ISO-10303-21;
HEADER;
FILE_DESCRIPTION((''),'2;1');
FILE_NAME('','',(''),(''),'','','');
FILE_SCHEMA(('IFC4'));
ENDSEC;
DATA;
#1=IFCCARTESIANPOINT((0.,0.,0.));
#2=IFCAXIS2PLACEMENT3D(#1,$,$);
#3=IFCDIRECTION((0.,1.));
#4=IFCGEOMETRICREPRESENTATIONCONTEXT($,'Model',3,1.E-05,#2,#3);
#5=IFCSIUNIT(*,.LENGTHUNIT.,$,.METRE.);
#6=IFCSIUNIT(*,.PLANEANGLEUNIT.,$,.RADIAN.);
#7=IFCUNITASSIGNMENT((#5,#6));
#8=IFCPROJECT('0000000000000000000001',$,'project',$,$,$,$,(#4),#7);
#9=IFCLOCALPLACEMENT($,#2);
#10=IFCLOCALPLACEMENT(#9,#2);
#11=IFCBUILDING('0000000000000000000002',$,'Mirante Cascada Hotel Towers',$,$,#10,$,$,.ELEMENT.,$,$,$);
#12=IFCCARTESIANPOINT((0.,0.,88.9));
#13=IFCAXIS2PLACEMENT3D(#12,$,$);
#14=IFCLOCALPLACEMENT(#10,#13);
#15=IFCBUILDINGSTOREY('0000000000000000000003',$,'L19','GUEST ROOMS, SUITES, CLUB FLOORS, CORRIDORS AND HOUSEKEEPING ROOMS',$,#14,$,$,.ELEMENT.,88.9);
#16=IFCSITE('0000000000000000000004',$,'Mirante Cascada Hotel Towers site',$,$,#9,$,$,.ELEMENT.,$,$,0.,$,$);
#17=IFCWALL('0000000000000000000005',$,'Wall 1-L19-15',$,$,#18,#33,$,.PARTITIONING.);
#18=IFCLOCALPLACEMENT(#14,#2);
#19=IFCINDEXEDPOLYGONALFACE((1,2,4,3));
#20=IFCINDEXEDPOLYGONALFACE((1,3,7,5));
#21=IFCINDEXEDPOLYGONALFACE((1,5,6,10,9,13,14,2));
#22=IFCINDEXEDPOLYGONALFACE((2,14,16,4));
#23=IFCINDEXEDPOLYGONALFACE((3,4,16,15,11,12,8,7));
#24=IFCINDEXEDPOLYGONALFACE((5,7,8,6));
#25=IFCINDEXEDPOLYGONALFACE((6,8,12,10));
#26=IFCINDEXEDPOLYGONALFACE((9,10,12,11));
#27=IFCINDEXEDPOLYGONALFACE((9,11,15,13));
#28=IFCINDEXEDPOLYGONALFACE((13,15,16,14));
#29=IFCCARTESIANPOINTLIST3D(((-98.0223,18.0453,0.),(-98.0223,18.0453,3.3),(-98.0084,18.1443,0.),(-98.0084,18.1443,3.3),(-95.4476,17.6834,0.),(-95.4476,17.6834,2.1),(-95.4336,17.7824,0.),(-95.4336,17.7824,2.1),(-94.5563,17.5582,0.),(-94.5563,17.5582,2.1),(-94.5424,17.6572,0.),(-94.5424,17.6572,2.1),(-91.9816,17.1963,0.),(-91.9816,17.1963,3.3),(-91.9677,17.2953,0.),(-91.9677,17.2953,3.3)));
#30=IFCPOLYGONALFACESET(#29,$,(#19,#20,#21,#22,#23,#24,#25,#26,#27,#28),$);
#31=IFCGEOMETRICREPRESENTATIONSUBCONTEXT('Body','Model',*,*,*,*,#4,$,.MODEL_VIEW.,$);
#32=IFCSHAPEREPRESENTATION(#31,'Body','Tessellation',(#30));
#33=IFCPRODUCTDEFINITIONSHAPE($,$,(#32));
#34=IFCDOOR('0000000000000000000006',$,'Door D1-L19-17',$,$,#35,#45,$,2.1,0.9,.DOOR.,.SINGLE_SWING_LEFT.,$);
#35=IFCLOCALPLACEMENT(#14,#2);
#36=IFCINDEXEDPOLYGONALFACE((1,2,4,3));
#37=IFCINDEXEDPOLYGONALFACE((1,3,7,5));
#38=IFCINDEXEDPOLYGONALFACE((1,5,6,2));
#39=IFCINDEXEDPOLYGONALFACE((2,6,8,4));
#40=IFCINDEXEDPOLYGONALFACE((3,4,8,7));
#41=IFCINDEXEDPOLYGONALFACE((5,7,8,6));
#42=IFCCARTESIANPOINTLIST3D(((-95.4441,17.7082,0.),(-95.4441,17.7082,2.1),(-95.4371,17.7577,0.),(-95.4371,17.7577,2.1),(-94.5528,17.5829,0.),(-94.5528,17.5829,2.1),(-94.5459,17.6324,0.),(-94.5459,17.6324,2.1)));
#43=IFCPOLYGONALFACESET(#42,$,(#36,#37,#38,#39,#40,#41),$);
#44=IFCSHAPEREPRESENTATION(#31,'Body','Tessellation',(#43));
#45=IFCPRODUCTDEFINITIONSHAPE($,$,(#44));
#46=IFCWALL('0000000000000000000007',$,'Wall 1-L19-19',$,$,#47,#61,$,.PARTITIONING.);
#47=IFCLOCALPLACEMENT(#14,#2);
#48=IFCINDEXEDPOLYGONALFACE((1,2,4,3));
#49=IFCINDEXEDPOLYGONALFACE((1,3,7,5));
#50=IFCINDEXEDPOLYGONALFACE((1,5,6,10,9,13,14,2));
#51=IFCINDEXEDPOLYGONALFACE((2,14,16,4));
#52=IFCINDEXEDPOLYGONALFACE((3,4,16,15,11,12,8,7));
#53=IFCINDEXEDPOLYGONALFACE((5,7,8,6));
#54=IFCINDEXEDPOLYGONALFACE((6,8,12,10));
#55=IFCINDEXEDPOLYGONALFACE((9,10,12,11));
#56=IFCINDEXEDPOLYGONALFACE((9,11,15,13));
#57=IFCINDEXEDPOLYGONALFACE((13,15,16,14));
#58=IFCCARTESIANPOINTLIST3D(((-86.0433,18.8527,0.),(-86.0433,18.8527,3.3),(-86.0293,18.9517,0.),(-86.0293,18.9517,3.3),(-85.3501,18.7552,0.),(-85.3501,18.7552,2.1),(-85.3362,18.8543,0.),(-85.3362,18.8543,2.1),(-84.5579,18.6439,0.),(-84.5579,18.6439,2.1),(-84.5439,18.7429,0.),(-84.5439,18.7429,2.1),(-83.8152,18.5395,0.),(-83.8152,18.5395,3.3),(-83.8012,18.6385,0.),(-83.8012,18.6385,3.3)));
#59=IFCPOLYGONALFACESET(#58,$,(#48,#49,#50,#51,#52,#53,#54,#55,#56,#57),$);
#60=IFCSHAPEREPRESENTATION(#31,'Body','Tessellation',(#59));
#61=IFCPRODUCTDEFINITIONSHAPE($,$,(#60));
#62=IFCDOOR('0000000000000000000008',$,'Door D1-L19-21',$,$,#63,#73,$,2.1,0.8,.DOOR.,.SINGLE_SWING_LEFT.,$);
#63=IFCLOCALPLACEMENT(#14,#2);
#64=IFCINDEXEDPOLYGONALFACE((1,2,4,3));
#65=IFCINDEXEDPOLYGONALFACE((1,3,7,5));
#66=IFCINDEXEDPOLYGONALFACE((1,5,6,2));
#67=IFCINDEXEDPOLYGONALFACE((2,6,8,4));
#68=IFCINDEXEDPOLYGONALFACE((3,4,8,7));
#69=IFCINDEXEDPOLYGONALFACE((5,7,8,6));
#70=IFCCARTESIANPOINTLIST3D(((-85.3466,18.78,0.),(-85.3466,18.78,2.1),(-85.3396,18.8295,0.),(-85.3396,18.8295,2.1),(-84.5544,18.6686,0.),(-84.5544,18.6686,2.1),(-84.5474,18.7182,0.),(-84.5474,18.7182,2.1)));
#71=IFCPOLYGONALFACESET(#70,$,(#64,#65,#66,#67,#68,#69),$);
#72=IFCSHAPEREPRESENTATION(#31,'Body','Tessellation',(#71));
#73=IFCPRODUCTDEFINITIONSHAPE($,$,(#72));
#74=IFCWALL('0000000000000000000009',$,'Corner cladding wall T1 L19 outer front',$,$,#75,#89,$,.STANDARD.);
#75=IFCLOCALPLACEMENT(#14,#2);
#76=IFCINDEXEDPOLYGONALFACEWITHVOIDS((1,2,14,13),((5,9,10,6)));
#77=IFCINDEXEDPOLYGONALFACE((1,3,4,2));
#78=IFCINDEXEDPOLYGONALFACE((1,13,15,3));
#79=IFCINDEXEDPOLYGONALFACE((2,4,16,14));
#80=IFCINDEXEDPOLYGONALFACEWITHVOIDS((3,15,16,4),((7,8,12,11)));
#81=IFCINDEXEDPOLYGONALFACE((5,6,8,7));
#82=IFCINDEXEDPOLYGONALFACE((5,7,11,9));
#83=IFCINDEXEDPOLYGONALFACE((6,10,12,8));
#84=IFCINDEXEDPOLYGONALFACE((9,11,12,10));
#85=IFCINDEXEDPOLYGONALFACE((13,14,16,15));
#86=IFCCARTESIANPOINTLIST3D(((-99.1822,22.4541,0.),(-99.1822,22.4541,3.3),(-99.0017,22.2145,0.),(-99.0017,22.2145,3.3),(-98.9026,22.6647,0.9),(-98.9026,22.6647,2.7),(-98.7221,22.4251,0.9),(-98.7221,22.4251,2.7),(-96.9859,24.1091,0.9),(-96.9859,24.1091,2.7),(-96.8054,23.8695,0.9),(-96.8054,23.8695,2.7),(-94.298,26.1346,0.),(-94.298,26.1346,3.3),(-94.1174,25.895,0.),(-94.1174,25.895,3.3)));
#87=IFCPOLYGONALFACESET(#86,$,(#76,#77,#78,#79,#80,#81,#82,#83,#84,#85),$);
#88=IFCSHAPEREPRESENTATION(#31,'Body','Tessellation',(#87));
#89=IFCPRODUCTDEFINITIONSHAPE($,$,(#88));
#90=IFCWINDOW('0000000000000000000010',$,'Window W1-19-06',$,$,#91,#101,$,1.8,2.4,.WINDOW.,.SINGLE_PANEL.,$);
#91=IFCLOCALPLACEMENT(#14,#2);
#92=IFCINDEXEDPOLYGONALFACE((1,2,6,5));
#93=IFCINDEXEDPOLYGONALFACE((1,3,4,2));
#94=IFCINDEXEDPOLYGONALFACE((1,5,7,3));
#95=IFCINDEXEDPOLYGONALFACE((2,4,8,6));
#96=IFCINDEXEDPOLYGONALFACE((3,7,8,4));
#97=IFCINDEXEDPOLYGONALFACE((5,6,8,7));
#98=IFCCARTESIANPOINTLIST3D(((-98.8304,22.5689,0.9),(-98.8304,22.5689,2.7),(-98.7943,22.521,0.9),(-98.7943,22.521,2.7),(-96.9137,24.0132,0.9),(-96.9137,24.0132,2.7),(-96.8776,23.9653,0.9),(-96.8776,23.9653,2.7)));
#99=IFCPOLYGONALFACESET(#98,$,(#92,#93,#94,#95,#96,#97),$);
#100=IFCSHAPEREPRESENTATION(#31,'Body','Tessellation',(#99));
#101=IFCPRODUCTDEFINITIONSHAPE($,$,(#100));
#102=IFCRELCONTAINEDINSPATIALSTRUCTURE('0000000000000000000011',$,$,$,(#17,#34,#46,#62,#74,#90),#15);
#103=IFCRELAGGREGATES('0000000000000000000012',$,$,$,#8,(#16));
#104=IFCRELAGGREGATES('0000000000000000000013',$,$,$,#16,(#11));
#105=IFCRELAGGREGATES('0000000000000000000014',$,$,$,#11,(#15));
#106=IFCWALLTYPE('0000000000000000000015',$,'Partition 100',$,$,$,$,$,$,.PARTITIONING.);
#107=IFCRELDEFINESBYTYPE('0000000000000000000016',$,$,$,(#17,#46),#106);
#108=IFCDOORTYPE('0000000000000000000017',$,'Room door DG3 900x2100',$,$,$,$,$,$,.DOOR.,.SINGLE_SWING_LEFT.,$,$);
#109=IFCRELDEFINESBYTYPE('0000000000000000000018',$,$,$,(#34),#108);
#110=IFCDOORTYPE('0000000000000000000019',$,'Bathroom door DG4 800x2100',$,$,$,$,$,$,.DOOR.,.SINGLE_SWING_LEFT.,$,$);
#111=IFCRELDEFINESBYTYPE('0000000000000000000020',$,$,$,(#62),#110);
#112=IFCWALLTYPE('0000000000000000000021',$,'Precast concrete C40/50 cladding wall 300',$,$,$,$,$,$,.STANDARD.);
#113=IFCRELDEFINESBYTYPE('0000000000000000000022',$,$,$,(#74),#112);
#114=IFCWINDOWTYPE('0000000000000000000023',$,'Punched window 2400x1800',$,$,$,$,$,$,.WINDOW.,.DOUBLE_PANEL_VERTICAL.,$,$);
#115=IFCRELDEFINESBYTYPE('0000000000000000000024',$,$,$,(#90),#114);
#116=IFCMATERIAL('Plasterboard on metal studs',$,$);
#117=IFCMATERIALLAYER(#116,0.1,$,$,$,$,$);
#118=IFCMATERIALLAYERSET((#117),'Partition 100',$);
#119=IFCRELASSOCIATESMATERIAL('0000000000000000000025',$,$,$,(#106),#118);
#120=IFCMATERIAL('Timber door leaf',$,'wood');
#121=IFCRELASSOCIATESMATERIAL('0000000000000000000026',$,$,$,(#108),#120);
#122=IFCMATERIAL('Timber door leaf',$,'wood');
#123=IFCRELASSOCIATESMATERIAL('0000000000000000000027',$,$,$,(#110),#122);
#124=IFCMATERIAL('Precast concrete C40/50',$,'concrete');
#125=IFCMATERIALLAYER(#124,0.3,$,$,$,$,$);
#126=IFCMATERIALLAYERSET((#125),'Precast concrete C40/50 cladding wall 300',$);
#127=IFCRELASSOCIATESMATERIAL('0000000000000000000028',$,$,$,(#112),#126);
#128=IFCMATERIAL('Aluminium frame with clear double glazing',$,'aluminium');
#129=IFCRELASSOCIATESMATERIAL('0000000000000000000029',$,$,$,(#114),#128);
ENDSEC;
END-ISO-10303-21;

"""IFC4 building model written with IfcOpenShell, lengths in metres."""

from ifc_helpers import new_model, si_unit, direction, frame, frame_2d, origin, place, context, subcontext, project, spatial, rectangle, extrude, material, layer, layer_set, type_object, element, fill, save


model = new_model("IFC4")

# Units and contexts
model_context = context("Model", 3, precision=1e-05, world=origin(), true_north=direction((0.0, 1.0)))
body_context = subcontext(model_context, "Body", "Model", "MODEL_VIEW")
ifc_project = project(units=[si_unit("LENGTHUNIT", "METRE"), si_unit("PLANEANGLEUNIT", "RADIAN")], contexts=[model_context])

# Site, building, storey
site_placement = place(None, origin())
site = spatial("IfcSite", under=ifc_project, at=site_placement, Name="Mirante Cascada Hotel Towers site", CompositionType="ELEMENT", RefElevation=0.0)
building_placement = place(site_placement, origin())
building = spatial("IfcBuilding", under=site, at=building_placement, Name="Mirante Cascada Hotel Towers", CompositionType="ELEMENT")
storey_placement = place(building_placement, frame((0.0, 0.0, 88.9)))
storey = spatial("IfcBuildingStorey", under=building, at=storey_placement, Name="L19", Description="GUEST ROOMS, SUITES, CLUB FLOORS, CORRIDORS AND HOUSEKEEPING ROOMS", CompositionType="ELEMENT", Elevation=88.9)

# Walls, openings, doors
ifc_material_1 = material(Name="Plasterboard on metal studs")
ifc_layer_1 = layer(ifc_material_1, 0.1)
ifc_layer_set_1 = layer_set([ifc_layer_1], Name="Partition 100")
wall_type_1 = type_object("IfcWallType", Name="Partition 100", PredefinedType="PARTITIONING", material=ifc_layer_set_1)
wall_1_placement = place(storey_placement, frame((-98.0153, 18.0948, 0.0), z_axis=(0.0, 0.0, 1.0), x_axis=(0.990267, -0.139179, 0.0)))
wall_1 = element("IfcWall", 1, at=wall_1_placement, inside=storey, type_object=wall_type_1, Name="Wall 1-L19-15", PredefinedType="PARTITIONING", context=body_context, shape_type="SweptSolid", body=[
    extrude(rectangle(XDim=6.1001, YDim=0.1, at=frame_2d((3.05, 0.0))), origin(), (0.0, 0.0, 1.0), 3.3),
])
opening_1_placement = place(wall_1_placement, frame((2.6, 0.0, 0.0)))
opening_1 = element("IfcOpeningElement", 2, at=opening_1_placement, cuts=wall_1, PredefinedType="OPENING", context=body_context, shape_type="SweptSolid", body=[
    extrude(rectangle(XDim=0.9, YDim=2.1, at=frame_2d((0.45, 1.05))), frame((0.0, 0.05, 0.0), z_axis=(0.0, -1.0, 0.0), x_axis=(1.0, 0.0, 0.0)), (0.0, 0.0, 1.0), 0.1),
])
ifc_material_2 = material(Name="Timber door leaf", Category="wood")
door_type_1 = type_object("IfcDoorType", Name="Room door DG3 900x2100", OperationType="SINGLE_SWING_LEFT", PredefinedType="DOOR", material=ifc_material_2)
door_1_placement = place(opening_1_placement, origin())
door_1 = element("IfcDoor", 3, at=door_1_placement, inside=storey, type_object=door_type_1, Name="Door D1-L19-17", OperationType="SINGLE_SWING_LEFT", OverallHeight=2.1, OverallWidth=0.9, PredefinedType="DOOR", context=body_context, shape_type="SweptSolid", body=[
    extrude(rectangle(XDim=0.9, YDim=2.1, at=frame_2d((0.45, 1.05))), frame((0.0, 0.025, 0.0), z_axis=(0.0, -1.0, 0.0), x_axis=(1.0, 0.0, 0.0)), (0.0, 0.0, 1.0), 0.05),
])
fill(opening_1, door_1)
wall_2_placement = place(storey_placement, frame((-86.0363, 18.9022, 0.0), z_axis=(0.0, 0.0, 1.0), x_axis=(0.990264, -0.1392, 0.0)))
wall_2 = element("IfcWall", 4, at=wall_2_placement, inside=storey, type_object=wall_type_1, Name="Wall 1-L19-19", PredefinedType="PARTITIONING", context=body_context, shape_type="SweptSolid", body=[
    extrude(rectangle(XDim=2.25, YDim=0.1, at=frame_2d((1.125, 0.0))), origin(), (0.0, 0.0, 1.0), 3.3),
])
opening_2_placement = place(wall_2_placement, frame((0.7, 0.0, 0.0)))
opening_2 = element("IfcOpeningElement", 5, at=opening_2_placement, cuts=wall_2, PredefinedType="OPENING", context=body_context, shape_type="SweptSolid", body=[
    extrude(rectangle(XDim=0.8, YDim=2.1, at=frame_2d((0.4, 1.05))), frame((0.0, 0.05, 0.0), z_axis=(0.0, -1.0, 0.0), x_axis=(1.0, 0.0, 0.0)), (0.0, 0.0, 1.0), 0.1),
])
ifc_material_3 = material(Name="Timber door leaf", Category="wood")
door_type_2 = type_object("IfcDoorType", Name="Bathroom door DG4 800x2100", OperationType="SINGLE_SWING_LEFT", PredefinedType="DOOR", material=ifc_material_3)
door_2_placement = place(opening_2_placement, origin())
door_2 = element("IfcDoor", 6, at=door_2_placement, inside=storey, type_object=door_type_2, Name="Door D1-L19-21", OperationType="SINGLE_SWING_LEFT", OverallHeight=2.1, OverallWidth=0.8, PredefinedType="DOOR", context=body_context, shape_type="SweptSolid", body=[
    extrude(rectangle(XDim=0.8, YDim=2.1, at=frame_2d((0.4, 1.05))), frame((0.0, 0.025, 0.0), z_axis=(0.0, -1.0, 0.0), x_axis=(1.0, 0.0, 0.0)), (0.0, 0.0, 1.0), 0.05),
])
fill(opening_2, door_2)

# Wall, opening, window
ifc_material_4 = material(Name="Precast concrete C40/50", Category="concrete")
ifc_layer_2 = layer(ifc_material_4, 0.3)
ifc_layer_set_2 = layer_set([ifc_layer_2], Name="Precast concrete C40/50 cladding wall 300")
wall_type_2 = type_object("IfcWallType", Name="Precast concrete C40/50 cladding wall 300", PredefinedType="STANDARD", material=ifc_layer_set_2)
wall_3_placement = place(storey_placement, frame((-99.0919, 22.3343, 0.0), z_axis=(0.0, 0.0, 1.0), x_axis=(0.798636, 0.601814, 0.0)))
wall_3 = element("IfcWall", 7, at=wall_3_placement, inside=storey, type_object=wall_type_2, Name="Corner cladding wall T1 L19 outer front", PredefinedType="STANDARD", context=body_context, shape_type="SweptSolid", body=[
    extrude(rectangle(XDim=6.1157, YDim=0.3, at=frame_2d((3.0578, 0.0))), origin(), (0.0, 0.0, 1.0), 3.3),
])
opening_3_placement = place(wall_3_placement, frame((0.35, 0.0, 0.9)))
opening_3 = element("IfcOpeningElement", 8, at=opening_3_placement, cuts=wall_3, PredefinedType="OPENING", context=body_context, shape_type="SweptSolid", body=[
    extrude(rectangle(XDim=2.4, YDim=1.8, at=frame_2d((1.2, 0.9))), frame((0.0, 0.15, 0.0), z_axis=(0.0, -1.0, 0.0), x_axis=(1.0, 0.0, 0.0)), (0.0, 0.0, 1.0), 0.3),
])
ifc_material_5 = material(Name="Aluminium frame with clear double glazing", Category="aluminium")
window_type = type_object("IfcWindowType", Name="Punched window 2400x1800", PartitioningType="DOUBLE_PANEL_VERTICAL", PredefinedType="WINDOW", material=ifc_material_5)
window_placement = place(opening_3_placement, origin())
window = element("IfcWindow", 9, at=window_placement, inside=storey, type_object=window_type, Name="Window W1-19-06", OverallHeight=1.8, OverallWidth=2.4, PartitioningType="SINGLE_PANEL", PredefinedType="WINDOW", context=body_context, shape_type="SweptSolid", body=[
    extrude(rectangle(XDim=2.4, YDim=1.8, at=frame_2d((1.2, 0.9))), frame((0.0, 0.03, 0.0), z_axis=(0.0, -1.0, 0.0), x_axis=(1.0, 0.0, 0.0)), (0.0, 0.0, 1.0), 0.06),
])
fill(opening_3, window)

save(model, "model.ifc")
